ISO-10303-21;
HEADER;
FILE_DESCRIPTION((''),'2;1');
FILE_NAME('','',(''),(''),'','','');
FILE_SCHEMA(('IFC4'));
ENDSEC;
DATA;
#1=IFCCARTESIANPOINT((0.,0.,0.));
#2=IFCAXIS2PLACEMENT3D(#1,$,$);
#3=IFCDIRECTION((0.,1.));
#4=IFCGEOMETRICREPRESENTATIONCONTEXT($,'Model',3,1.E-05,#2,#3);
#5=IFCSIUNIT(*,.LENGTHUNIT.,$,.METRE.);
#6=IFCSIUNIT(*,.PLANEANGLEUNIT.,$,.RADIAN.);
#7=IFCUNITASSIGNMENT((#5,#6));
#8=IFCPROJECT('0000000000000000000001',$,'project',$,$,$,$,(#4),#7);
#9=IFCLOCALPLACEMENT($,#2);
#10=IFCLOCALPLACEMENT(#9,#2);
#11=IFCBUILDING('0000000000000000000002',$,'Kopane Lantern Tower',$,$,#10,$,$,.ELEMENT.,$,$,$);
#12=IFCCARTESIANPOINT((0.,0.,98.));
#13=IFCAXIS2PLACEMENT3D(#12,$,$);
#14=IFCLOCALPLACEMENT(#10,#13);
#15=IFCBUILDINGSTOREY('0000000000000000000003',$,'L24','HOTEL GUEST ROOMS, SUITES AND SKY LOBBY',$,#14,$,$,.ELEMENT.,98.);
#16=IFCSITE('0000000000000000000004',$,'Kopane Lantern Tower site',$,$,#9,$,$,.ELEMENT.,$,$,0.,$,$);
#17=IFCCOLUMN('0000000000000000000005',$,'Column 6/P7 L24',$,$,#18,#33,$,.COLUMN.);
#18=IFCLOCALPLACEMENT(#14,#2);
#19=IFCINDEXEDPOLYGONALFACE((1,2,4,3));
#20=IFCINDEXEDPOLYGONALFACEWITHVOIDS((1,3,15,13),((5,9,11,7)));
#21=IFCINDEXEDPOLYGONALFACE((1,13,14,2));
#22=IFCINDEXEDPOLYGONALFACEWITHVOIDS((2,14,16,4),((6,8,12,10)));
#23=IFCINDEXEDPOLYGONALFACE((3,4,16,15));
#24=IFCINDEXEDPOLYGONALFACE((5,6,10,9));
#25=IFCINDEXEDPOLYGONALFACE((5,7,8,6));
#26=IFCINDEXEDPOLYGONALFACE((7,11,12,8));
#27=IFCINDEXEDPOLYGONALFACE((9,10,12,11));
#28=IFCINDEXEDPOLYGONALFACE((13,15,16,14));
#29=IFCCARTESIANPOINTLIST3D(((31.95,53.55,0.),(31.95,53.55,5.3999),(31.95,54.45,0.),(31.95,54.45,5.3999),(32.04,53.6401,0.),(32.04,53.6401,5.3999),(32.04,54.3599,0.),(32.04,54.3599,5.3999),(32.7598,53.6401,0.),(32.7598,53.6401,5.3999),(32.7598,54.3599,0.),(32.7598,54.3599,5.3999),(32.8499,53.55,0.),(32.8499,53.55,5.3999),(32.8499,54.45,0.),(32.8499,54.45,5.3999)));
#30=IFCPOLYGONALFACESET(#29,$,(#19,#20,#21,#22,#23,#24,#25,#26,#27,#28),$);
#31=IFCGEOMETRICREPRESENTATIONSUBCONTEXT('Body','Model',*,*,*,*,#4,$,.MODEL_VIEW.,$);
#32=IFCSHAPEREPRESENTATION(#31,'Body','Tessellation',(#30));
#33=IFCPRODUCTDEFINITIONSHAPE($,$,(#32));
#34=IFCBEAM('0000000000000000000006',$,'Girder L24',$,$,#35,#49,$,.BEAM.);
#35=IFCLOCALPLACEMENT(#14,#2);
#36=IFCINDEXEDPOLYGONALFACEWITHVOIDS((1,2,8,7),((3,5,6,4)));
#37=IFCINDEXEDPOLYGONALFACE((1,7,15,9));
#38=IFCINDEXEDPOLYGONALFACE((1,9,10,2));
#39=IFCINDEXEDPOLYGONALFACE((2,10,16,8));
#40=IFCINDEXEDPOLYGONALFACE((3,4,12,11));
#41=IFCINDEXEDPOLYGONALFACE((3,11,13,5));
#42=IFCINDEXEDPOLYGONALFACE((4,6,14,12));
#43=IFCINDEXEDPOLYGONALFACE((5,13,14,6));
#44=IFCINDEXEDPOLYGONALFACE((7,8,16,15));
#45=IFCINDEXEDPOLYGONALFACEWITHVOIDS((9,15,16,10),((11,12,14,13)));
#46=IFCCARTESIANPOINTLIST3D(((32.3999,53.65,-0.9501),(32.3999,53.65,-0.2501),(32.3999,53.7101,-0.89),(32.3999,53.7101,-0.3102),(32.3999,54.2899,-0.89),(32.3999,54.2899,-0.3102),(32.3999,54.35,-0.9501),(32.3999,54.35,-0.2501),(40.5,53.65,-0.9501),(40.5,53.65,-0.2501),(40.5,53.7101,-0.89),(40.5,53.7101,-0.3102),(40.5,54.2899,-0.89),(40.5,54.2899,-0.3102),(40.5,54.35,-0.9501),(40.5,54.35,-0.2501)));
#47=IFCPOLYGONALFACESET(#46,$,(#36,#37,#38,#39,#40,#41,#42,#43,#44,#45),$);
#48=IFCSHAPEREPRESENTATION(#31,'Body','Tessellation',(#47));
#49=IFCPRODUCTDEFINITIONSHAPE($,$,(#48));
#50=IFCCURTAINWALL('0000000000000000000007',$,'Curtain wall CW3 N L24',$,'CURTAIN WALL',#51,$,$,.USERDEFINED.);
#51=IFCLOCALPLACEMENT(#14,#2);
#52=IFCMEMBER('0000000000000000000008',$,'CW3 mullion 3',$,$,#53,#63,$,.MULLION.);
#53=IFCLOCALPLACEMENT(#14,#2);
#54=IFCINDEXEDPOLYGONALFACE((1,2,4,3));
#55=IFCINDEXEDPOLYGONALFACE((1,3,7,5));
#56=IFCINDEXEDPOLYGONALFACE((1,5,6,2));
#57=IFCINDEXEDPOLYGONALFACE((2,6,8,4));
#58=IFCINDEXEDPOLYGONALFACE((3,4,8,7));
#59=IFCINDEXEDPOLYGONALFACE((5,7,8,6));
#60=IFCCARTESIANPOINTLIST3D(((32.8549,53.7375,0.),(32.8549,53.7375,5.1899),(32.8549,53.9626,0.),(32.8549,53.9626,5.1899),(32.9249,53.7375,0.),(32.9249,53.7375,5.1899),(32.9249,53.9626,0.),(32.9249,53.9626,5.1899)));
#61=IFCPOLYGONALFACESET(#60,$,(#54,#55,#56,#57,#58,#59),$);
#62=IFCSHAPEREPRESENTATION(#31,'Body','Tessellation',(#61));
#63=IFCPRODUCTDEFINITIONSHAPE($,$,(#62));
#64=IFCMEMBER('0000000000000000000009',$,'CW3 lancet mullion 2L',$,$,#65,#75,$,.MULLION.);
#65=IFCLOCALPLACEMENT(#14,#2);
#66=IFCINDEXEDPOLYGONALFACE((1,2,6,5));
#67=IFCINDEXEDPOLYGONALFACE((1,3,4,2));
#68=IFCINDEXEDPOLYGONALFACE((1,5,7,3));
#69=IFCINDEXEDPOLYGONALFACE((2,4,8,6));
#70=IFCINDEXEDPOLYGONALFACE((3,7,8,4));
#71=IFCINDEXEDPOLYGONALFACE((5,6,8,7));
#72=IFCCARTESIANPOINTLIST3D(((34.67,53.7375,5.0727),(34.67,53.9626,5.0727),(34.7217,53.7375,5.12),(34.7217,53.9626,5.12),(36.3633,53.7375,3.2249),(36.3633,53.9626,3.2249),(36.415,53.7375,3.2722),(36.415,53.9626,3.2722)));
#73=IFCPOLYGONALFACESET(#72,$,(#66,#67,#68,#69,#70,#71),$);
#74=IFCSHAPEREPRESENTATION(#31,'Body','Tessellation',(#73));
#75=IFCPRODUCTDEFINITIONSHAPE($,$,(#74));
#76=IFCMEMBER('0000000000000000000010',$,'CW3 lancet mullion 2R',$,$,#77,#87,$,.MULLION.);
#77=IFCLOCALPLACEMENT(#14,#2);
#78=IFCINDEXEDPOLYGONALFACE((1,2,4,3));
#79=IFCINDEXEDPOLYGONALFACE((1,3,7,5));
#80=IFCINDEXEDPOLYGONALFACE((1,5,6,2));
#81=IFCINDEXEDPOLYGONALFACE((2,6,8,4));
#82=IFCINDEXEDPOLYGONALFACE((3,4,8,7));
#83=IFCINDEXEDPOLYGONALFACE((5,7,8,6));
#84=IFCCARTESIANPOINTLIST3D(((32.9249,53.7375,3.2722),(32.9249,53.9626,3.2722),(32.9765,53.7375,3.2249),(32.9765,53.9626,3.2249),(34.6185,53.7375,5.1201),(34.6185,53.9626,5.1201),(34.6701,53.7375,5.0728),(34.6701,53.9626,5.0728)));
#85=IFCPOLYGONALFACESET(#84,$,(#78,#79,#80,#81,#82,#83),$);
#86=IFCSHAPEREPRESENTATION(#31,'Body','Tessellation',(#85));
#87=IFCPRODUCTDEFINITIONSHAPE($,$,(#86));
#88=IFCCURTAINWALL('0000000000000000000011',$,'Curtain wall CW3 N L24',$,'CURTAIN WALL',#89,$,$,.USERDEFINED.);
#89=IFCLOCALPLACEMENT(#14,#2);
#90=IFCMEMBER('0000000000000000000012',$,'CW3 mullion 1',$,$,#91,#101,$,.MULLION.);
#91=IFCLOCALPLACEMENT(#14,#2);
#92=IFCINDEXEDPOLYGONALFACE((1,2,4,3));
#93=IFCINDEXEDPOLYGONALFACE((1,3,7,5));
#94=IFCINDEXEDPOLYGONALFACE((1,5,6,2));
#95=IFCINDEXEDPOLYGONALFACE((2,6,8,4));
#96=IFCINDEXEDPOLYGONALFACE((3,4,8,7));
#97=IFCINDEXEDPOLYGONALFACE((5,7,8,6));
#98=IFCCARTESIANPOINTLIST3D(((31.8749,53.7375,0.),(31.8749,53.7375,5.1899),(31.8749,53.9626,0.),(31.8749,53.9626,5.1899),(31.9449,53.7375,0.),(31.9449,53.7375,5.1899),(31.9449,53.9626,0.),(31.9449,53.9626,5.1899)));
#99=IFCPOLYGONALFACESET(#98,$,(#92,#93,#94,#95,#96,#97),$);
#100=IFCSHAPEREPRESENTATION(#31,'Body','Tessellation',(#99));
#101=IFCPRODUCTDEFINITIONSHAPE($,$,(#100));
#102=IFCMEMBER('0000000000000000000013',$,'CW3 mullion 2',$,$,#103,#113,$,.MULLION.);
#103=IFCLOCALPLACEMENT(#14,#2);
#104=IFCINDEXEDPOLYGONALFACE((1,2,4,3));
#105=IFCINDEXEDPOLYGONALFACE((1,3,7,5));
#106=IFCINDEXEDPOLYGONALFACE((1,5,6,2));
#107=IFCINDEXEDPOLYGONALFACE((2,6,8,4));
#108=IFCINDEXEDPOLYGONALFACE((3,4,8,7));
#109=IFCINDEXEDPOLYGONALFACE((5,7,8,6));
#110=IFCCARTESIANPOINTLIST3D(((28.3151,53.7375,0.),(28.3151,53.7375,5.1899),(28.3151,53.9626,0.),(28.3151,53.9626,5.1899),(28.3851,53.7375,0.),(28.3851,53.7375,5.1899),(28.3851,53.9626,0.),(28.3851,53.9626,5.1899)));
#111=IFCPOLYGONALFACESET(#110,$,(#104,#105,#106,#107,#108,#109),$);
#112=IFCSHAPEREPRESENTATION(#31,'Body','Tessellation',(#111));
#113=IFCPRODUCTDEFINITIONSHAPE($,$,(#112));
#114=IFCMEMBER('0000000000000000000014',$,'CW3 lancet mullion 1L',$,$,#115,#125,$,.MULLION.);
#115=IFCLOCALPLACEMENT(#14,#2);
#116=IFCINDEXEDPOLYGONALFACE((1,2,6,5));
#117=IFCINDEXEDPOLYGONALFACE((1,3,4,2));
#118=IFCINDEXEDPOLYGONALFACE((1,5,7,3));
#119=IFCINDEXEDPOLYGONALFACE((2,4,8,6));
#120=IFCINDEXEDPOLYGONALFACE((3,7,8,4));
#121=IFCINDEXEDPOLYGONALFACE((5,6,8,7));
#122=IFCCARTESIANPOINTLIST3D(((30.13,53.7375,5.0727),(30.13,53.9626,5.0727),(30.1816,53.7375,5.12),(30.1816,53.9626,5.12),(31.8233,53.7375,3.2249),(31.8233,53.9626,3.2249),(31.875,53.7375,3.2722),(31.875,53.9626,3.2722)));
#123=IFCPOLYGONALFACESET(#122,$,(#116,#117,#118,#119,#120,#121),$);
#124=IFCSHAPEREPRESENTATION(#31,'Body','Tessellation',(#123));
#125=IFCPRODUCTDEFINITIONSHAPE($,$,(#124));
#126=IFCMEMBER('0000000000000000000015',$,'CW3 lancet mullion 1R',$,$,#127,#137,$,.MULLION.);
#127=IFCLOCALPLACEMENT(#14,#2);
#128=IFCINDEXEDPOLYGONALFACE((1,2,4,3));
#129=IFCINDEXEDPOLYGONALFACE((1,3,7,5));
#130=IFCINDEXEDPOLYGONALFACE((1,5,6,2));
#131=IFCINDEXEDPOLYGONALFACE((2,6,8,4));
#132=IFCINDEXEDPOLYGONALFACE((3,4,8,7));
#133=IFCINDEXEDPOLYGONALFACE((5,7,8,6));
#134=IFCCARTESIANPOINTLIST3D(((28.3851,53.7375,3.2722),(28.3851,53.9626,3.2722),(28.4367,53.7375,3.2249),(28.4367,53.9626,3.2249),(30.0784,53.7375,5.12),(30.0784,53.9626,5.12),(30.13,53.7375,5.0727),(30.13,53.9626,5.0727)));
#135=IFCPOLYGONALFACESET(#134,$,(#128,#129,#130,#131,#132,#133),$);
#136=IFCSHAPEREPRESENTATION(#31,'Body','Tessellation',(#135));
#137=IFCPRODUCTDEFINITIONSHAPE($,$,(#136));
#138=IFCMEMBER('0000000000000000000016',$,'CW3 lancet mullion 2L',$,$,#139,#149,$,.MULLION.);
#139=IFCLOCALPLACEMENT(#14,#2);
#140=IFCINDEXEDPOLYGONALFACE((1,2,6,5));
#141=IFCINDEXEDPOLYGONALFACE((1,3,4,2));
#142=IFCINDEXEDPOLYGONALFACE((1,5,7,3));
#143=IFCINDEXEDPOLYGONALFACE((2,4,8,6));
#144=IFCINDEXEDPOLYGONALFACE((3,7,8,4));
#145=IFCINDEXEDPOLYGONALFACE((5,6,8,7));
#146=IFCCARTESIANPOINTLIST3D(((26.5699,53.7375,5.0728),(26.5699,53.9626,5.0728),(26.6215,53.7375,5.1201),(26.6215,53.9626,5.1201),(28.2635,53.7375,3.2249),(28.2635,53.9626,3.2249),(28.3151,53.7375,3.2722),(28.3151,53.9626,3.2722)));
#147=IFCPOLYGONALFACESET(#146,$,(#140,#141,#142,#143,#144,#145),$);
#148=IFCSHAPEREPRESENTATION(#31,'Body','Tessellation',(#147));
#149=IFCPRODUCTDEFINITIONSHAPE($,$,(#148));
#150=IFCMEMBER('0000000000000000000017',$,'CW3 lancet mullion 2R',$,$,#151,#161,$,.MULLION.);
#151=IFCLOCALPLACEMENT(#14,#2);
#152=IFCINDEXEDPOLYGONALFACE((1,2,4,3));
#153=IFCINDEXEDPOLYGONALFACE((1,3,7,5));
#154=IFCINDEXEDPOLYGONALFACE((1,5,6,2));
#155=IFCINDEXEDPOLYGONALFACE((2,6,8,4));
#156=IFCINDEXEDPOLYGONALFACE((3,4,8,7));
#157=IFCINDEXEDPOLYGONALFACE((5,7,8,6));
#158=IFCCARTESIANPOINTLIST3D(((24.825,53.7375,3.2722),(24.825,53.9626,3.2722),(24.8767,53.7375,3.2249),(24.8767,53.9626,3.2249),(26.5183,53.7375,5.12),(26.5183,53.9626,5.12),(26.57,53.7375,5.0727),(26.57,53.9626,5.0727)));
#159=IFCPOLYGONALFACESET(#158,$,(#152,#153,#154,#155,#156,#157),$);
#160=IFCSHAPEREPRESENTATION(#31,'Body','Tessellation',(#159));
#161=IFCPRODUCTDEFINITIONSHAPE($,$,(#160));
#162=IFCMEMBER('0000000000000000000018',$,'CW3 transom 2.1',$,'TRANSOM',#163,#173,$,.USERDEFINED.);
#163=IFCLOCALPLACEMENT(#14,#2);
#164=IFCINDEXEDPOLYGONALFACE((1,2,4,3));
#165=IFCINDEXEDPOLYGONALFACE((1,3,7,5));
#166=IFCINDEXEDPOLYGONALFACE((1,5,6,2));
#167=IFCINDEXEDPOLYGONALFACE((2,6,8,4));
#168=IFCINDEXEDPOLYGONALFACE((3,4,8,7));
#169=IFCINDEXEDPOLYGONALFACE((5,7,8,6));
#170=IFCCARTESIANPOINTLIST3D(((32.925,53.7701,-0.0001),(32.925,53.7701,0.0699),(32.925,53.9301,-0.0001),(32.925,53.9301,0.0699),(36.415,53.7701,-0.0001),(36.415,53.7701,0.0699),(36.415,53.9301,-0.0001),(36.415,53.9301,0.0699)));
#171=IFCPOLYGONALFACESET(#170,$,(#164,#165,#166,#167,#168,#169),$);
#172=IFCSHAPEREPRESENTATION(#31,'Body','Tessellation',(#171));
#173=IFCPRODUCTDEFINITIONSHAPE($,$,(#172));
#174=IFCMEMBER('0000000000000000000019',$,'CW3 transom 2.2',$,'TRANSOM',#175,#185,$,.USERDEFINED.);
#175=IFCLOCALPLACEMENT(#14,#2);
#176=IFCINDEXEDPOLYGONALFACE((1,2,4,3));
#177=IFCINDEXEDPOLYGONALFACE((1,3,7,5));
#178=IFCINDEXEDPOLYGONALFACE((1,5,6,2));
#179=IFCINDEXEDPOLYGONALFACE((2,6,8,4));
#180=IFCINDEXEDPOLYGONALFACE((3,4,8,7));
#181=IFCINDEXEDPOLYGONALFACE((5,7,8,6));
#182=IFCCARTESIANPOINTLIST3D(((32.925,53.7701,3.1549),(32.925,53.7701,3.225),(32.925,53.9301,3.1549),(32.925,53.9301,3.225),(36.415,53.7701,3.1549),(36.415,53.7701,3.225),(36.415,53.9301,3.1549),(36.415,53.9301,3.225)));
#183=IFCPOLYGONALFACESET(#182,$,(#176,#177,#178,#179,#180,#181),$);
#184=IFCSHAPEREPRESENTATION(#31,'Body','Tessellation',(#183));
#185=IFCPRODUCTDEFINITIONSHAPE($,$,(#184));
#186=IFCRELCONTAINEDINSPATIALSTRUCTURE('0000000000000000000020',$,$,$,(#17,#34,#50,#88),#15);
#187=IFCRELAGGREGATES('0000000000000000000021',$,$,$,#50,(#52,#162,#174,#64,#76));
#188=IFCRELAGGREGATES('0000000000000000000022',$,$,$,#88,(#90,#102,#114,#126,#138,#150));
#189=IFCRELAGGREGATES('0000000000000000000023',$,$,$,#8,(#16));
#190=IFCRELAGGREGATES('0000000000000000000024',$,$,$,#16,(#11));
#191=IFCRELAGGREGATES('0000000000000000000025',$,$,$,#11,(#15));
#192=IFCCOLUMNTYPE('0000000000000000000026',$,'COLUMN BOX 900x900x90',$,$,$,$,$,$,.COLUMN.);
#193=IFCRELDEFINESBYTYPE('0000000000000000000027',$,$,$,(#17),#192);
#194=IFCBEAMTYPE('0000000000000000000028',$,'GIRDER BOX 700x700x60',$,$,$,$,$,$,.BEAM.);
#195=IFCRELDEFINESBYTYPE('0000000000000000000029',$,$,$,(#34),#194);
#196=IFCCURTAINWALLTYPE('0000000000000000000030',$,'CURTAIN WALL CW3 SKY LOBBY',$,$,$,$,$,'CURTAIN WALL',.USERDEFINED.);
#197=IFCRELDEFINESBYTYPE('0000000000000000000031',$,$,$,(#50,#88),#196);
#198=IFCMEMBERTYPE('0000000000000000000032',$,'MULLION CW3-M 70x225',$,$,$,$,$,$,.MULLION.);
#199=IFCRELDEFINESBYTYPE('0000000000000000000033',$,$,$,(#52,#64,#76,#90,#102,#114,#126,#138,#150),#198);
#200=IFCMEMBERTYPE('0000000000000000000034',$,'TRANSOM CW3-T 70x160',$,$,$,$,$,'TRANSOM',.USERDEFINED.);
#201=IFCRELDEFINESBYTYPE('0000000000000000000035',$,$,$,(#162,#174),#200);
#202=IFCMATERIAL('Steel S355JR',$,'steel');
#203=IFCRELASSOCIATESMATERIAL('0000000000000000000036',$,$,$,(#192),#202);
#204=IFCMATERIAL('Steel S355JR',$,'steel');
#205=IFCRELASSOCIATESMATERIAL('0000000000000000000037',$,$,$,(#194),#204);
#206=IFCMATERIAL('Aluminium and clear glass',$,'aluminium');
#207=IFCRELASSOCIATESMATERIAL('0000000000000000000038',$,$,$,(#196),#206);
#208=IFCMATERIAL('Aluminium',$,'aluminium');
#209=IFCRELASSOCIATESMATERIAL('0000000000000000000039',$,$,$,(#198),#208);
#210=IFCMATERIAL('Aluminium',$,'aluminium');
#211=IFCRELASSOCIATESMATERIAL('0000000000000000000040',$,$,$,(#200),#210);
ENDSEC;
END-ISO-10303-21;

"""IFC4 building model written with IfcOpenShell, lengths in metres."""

from ifc_helpers import new_model, si_unit, direction, frame, origin, origin_2d, place, context, subcontext, project, spatial, rectangle, hollow_rectangle, extrude, material, material_profile, profile_set, type_object, element, aggregate, save


model = new_model("IFC4")

# Units and contexts
model_context = context("Model", 3, precision=1e-05, world=origin(), true_north=direction((0.0, 1.0)))
body_context = subcontext(model_context, "Body", "Model", "MODEL_VIEW")
ifc_project = project(units=[si_unit("LENGTHUNIT", "METRE"), si_unit("PLANEANGLEUNIT", "RADIAN")], contexts=[model_context])

# Site, building, storey
site_placement = place(None, origin())
site = spatial("IfcSite", under=ifc_project, at=site_placement, Name="Kopane Lantern Tower site", CompositionType="ELEMENT", RefElevation=0.0)
building_placement = place(site_placement, origin())
building = spatial("IfcBuilding", under=site, at=building_placement, Name="Kopane Lantern Tower", CompositionType="ELEMENT")
storey_placement = place(building_placement, frame((0.0, 0.0, 98.0)))
storey = spatial("IfcBuildingStorey", under=building, at=storey_placement, Name="L24", Description="HOTEL GUEST ROOMS, SUITES AND SKY LOBBY", CompositionType="ELEMENT", Elevation=98.0)

# Column
ifc_material_1 = material(Name="Steel S355JR", Category="steel")
ifc_material_profile_1 = material_profile(ifc_material_1, hollow_rectangle(XDim=0.8999, YDim=0.8999, WallThickness=0.0901, at=origin_2d()), Name="BOX 900x900x90")
ifc_profile_set_1 = profile_set([ifc_material_profile_1], Name="Steel S355JR")
column_type = type_object("IfcColumnType", Name="COLUMN BOX 900x900x90", PredefinedType="COLUMN", material=ifc_profile_set_1)
column_placement = place(storey_placement, frame((32.3999, 54.0, 0.0), z_axis=(0.0, 0.0, 1.0), x_axis=(1.0, 0.0, 0.0)))
element("IfcColumn", 1, at=column_placement, inside=storey, type_object=column_type, Name="Column 6/P7 L24", PredefinedType="COLUMN", context=body_context, shape_type="SweptSolid", body=[
    extrude(hollow_rectangle(XDim=0.8999, YDim=0.8999, WallThickness=0.0901, at=origin_2d()), origin(), (0.0, 0.0, 1.0), 5.3999),
])

# Beam
ifc_material_2 = material(Name="Steel S355JR", Category="steel")
ifc_material_profile_2 = material_profile(ifc_material_2, hollow_rectangle(XDim=0.7, YDim=0.7, WallThickness=0.0601, at=origin_2d()), Name="BOX 700x700x60")
ifc_profile_set_2 = profile_set([ifc_material_profile_2], Name="Steel S355JR")
beam_type = type_object("IfcBeamType", Name="GIRDER BOX 700x700x60", PredefinedType="BEAM", material=ifc_profile_set_2)
beam_placement = place(storey_placement, frame((32.3999, 54.0, -0.6001), z_axis=(1.0, 0.0, 0.0), x_axis=(0.0, 1.0, 0.0)))
element("IfcBeam", 2, at=beam_placement, inside=storey, type_object=beam_type, Name="Girder L24", PredefinedType="BEAM", context=body_context, shape_type="SweptSolid", body=[
    extrude(hollow_rectangle(XDim=0.7, YDim=0.7, WallThickness=0.0601, at=origin_2d()), origin(), (0.0, 0.0, 1.0), 8.1001),
])

# Curtain walls, members
ifc_material_3 = material(Name="Aluminium and clear glass", Category="aluminium")
curtain_wall_type = type_object("IfcCurtainWallType", Name="CURTAIN WALL CW3 SKY LOBBY", ElementType="CURTAIN WALL", PredefinedType="USERDEFINED", material=ifc_material_3)
curtain_wall_1_placement = place(storey_placement, origin())
curtain_wall_1 = element("IfcCurtainWall", 3, at=curtain_wall_1_placement, inside=storey, type_object=curtain_wall_type, Name="Curtain wall CW3 N L24", ObjectType="CURTAIN WALL", PredefinedType="USERDEFINED")
ifc_material_4 = material(Name="Aluminium", Category="aluminium")
ifc_material_profile_3 = material_profile(ifc_material_4, rectangle(XDim=0.0701, YDim=0.2251, at=origin_2d()), Name="AL 70x225")
ifc_profile_set_3 = profile_set([ifc_material_profile_3], Name="Aluminium")
member_type_1 = type_object("IfcMemberType", Name="MULLION CW3-M 70x225", PredefinedType="MULLION", material=ifc_profile_set_3)
member_1_placement = place(storey_placement, frame((32.8899, 53.8501, 0.0), z_axis=(0.0, 0.0, 1.0), x_axis=(-1.0, 0.0, 0.0)))
member_1 = element("IfcMember", 4, at=member_1_placement, type_object=member_type_1, Name="CW3 mullion 3", PredefinedType="MULLION", context=body_context, shape_type="SweptSolid", body=[
    extrude(rectangle(XDim=0.0701, YDim=0.2251, at=origin_2d()), origin(), (0.0, 0.0, 1.0), 5.1899),
])
member_2_placement = place(storey_placement, frame((36.3892, 53.8501, 3.2485), z_axis=(-0.675606, 0.0, 0.737263), x_axis=(0.737263, 0.0, 0.675606)))
member_2 = element("IfcMember", 5, at=member_2_placement, type_object=member_type_1, Name="CW3 lancet mullion 2L", PredefinedType="MULLION", context=body_context, shape_type="SweptSolid", body=[
    extrude(rectangle(XDim=0.0701, YDim=0.2251, at=origin_2d()), origin(), (0.0, 0.0, 1.0), 2.5063),
])
member_3_placement = place(storey_placement, frame((32.9507, 53.8501, 3.2485), z_axis=(0.675658, 0.0, 0.737215), x_axis=(-0.737215, 0.0, 0.675658)))
member_3 = element("IfcMember", 6, at=member_3_placement, type_object=member_type_1, Name="CW3 lancet mullion 2R", PredefinedType="MULLION", context=body_context, shape_type="SweptSolid", body=[
    extrude(rectangle(XDim=0.0701, YDim=0.2251, at=origin_2d()), origin(), (0.0, 0.0, 1.0), 2.5066),
])
curtain_wall_2_placement = place(storey_placement, origin())
curtain_wall_2 = element("IfcCurtainWall", 7, at=curtain_wall_2_placement, inside=storey, type_object=curtain_wall_type, Name="Curtain wall CW3 N L24", ObjectType="CURTAIN WALL", PredefinedType="USERDEFINED")
member_4_placement = place(storey_placement, frame((31.9099, 53.8501, 0.0), z_axis=(0.0, 0.0, 1.0), x_axis=(-1.0, 0.0, 0.0)))
member_4 = element("IfcMember", 8, at=member_4_placement, type_object=member_type_1, Name="CW3 mullion 1", PredefinedType="MULLION", context=body_context, shape_type="SweptSolid", body=[
    extrude(rectangle(XDim=0.0701, YDim=0.2251, at=origin_2d()), origin(), (0.0, 0.0, 1.0), 5.1899),
])
member_5_placement = place(storey_placement, frame((28.3501, 53.8501, 0.0), z_axis=(0.0, 0.0, 1.0), x_axis=(-1.0, 0.0, 0.0)))
member_5 = element("IfcMember", 9, at=member_5_placement, type_object=member_type_1, Name="CW3 mullion 2", PredefinedType="MULLION", context=body_context, shape_type="SweptSolid", body=[
    extrude(rectangle(XDim=0.0701, YDim=0.2251, at=origin_2d()), origin(), (0.0, 0.0, 1.0), 5.1899),
])
member_6_placement = place(storey_placement, frame((31.8491, 53.8501, 3.2485), z_axis=(-0.675606, 0.0, 0.737263), x_axis=(0.737263, 0.0, 0.675606)))
member_6 = element("IfcMember", 10, at=member_6_placement, type_object=member_type_1, Name="CW3 lancet mullion 1L", PredefinedType="MULLION", context=body_context, shape_type="SweptSolid", body=[
    extrude(rectangle(XDim=0.0701, YDim=0.2251, at=origin_2d()), origin(), (0.0, 0.0, 1.0), 2.5063),
])
member_7_placement = place(storey_placement, frame((28.4109, 53.8501, 3.2485), z_axis=(0.675606, 0.0, 0.737263), x_axis=(-0.737263, 0.0, 0.675606)))
member_7 = element("IfcMember", 11, at=member_7_placement, type_object=member_type_1, Name="CW3 lancet mullion 1R", PredefinedType="MULLION", context=body_context, shape_type="SweptSolid", body=[
    extrude(rectangle(XDim=0.0701, YDim=0.2251, at=origin_2d()), origin(), (0.0, 0.0, 1.0), 2.5063),
])
member_8_placement = place(storey_placement, frame((28.2893, 53.8501, 3.2485), z_axis=(-0.675658, 0.0, 0.737215), x_axis=(0.737215, 0.0, 0.675658)))
member_8 = element("IfcMember", 12, at=member_8_placement, type_object=member_type_1, Name="CW3 lancet mullion 2L", PredefinedType="MULLION", context=body_context, shape_type="SweptSolid", body=[
    extrude(rectangle(XDim=0.0701, YDim=0.2251, at=origin_2d()), origin(), (0.0, 0.0, 1.0), 2.5066),
])
member_9_placement = place(storey_placement, frame((24.8508, 53.8501, 3.2485), z_axis=(0.675606, 0.0, 0.737263), x_axis=(-0.737263, 0.0, 0.675606)))
member_9 = element("IfcMember", 13, at=member_9_placement, type_object=member_type_1, Name="CW3 lancet mullion 2R", PredefinedType="MULLION", context=body_context, shape_type="SweptSolid", body=[
    extrude(rectangle(XDim=0.0701, YDim=0.2251, at=origin_2d()), origin(), (0.0, 0.0, 1.0), 2.5063),
])

# Members
ifc_material_5 = material(Name="Aluminium", Category="aluminium")
ifc_material_profile_4 = material_profile(ifc_material_5, rectangle(XDim=0.1599, YDim=0.0701, at=origin_2d()), Name="AL 160x70")
ifc_profile_set_4 = profile_set([ifc_material_profile_4], Name="Aluminium")
member_type_2 = type_object("IfcMemberType", Name="TRANSOM CW3-T 70x160", ElementType="TRANSOM", PredefinedType="USERDEFINED", material=ifc_profile_set_4)
member_10_placement = place(storey_placement, frame((36.415, 53.8501, 0.0349), z_axis=(-1.0, 0.0, 0.0), x_axis=(0.0, -1.0, 0.0)))
member_10 = element("IfcMember", 14, at=member_10_placement, type_object=member_type_2, Name="CW3 transom 2.1", ObjectType="TRANSOM", PredefinedType="USERDEFINED", context=body_context, shape_type="SweptSolid", body=[
    extrude(rectangle(XDim=0.1599, YDim=0.0701, at=origin_2d()), origin(), (0.0, 0.0, 1.0), 3.49),
])
member_11_placement = place(storey_placement, frame((36.415, 53.8501, 3.1899), z_axis=(-1.0, 0.0, 0.0), x_axis=(0.0, -1.0, 0.0)))
member_11 = element("IfcMember", 15, at=member_11_placement, type_object=member_type_2, Name="CW3 transom 2.2", ObjectType="TRANSOM", PredefinedType="USERDEFINED", context=body_context, shape_type="SweptSolid", body=[
    extrude(rectangle(XDim=0.1599, YDim=0.0701, at=origin_2d()), origin(), (0.0, 0.0, 1.0), 3.49),
])

aggregate(curtain_wall_1, [member_1, member_10, member_11, member_2, member_3])
aggregate(curtain_wall_2, [member_4, member_5, member_6, member_7, member_8, member_9])

save(model, "model.ifc")
